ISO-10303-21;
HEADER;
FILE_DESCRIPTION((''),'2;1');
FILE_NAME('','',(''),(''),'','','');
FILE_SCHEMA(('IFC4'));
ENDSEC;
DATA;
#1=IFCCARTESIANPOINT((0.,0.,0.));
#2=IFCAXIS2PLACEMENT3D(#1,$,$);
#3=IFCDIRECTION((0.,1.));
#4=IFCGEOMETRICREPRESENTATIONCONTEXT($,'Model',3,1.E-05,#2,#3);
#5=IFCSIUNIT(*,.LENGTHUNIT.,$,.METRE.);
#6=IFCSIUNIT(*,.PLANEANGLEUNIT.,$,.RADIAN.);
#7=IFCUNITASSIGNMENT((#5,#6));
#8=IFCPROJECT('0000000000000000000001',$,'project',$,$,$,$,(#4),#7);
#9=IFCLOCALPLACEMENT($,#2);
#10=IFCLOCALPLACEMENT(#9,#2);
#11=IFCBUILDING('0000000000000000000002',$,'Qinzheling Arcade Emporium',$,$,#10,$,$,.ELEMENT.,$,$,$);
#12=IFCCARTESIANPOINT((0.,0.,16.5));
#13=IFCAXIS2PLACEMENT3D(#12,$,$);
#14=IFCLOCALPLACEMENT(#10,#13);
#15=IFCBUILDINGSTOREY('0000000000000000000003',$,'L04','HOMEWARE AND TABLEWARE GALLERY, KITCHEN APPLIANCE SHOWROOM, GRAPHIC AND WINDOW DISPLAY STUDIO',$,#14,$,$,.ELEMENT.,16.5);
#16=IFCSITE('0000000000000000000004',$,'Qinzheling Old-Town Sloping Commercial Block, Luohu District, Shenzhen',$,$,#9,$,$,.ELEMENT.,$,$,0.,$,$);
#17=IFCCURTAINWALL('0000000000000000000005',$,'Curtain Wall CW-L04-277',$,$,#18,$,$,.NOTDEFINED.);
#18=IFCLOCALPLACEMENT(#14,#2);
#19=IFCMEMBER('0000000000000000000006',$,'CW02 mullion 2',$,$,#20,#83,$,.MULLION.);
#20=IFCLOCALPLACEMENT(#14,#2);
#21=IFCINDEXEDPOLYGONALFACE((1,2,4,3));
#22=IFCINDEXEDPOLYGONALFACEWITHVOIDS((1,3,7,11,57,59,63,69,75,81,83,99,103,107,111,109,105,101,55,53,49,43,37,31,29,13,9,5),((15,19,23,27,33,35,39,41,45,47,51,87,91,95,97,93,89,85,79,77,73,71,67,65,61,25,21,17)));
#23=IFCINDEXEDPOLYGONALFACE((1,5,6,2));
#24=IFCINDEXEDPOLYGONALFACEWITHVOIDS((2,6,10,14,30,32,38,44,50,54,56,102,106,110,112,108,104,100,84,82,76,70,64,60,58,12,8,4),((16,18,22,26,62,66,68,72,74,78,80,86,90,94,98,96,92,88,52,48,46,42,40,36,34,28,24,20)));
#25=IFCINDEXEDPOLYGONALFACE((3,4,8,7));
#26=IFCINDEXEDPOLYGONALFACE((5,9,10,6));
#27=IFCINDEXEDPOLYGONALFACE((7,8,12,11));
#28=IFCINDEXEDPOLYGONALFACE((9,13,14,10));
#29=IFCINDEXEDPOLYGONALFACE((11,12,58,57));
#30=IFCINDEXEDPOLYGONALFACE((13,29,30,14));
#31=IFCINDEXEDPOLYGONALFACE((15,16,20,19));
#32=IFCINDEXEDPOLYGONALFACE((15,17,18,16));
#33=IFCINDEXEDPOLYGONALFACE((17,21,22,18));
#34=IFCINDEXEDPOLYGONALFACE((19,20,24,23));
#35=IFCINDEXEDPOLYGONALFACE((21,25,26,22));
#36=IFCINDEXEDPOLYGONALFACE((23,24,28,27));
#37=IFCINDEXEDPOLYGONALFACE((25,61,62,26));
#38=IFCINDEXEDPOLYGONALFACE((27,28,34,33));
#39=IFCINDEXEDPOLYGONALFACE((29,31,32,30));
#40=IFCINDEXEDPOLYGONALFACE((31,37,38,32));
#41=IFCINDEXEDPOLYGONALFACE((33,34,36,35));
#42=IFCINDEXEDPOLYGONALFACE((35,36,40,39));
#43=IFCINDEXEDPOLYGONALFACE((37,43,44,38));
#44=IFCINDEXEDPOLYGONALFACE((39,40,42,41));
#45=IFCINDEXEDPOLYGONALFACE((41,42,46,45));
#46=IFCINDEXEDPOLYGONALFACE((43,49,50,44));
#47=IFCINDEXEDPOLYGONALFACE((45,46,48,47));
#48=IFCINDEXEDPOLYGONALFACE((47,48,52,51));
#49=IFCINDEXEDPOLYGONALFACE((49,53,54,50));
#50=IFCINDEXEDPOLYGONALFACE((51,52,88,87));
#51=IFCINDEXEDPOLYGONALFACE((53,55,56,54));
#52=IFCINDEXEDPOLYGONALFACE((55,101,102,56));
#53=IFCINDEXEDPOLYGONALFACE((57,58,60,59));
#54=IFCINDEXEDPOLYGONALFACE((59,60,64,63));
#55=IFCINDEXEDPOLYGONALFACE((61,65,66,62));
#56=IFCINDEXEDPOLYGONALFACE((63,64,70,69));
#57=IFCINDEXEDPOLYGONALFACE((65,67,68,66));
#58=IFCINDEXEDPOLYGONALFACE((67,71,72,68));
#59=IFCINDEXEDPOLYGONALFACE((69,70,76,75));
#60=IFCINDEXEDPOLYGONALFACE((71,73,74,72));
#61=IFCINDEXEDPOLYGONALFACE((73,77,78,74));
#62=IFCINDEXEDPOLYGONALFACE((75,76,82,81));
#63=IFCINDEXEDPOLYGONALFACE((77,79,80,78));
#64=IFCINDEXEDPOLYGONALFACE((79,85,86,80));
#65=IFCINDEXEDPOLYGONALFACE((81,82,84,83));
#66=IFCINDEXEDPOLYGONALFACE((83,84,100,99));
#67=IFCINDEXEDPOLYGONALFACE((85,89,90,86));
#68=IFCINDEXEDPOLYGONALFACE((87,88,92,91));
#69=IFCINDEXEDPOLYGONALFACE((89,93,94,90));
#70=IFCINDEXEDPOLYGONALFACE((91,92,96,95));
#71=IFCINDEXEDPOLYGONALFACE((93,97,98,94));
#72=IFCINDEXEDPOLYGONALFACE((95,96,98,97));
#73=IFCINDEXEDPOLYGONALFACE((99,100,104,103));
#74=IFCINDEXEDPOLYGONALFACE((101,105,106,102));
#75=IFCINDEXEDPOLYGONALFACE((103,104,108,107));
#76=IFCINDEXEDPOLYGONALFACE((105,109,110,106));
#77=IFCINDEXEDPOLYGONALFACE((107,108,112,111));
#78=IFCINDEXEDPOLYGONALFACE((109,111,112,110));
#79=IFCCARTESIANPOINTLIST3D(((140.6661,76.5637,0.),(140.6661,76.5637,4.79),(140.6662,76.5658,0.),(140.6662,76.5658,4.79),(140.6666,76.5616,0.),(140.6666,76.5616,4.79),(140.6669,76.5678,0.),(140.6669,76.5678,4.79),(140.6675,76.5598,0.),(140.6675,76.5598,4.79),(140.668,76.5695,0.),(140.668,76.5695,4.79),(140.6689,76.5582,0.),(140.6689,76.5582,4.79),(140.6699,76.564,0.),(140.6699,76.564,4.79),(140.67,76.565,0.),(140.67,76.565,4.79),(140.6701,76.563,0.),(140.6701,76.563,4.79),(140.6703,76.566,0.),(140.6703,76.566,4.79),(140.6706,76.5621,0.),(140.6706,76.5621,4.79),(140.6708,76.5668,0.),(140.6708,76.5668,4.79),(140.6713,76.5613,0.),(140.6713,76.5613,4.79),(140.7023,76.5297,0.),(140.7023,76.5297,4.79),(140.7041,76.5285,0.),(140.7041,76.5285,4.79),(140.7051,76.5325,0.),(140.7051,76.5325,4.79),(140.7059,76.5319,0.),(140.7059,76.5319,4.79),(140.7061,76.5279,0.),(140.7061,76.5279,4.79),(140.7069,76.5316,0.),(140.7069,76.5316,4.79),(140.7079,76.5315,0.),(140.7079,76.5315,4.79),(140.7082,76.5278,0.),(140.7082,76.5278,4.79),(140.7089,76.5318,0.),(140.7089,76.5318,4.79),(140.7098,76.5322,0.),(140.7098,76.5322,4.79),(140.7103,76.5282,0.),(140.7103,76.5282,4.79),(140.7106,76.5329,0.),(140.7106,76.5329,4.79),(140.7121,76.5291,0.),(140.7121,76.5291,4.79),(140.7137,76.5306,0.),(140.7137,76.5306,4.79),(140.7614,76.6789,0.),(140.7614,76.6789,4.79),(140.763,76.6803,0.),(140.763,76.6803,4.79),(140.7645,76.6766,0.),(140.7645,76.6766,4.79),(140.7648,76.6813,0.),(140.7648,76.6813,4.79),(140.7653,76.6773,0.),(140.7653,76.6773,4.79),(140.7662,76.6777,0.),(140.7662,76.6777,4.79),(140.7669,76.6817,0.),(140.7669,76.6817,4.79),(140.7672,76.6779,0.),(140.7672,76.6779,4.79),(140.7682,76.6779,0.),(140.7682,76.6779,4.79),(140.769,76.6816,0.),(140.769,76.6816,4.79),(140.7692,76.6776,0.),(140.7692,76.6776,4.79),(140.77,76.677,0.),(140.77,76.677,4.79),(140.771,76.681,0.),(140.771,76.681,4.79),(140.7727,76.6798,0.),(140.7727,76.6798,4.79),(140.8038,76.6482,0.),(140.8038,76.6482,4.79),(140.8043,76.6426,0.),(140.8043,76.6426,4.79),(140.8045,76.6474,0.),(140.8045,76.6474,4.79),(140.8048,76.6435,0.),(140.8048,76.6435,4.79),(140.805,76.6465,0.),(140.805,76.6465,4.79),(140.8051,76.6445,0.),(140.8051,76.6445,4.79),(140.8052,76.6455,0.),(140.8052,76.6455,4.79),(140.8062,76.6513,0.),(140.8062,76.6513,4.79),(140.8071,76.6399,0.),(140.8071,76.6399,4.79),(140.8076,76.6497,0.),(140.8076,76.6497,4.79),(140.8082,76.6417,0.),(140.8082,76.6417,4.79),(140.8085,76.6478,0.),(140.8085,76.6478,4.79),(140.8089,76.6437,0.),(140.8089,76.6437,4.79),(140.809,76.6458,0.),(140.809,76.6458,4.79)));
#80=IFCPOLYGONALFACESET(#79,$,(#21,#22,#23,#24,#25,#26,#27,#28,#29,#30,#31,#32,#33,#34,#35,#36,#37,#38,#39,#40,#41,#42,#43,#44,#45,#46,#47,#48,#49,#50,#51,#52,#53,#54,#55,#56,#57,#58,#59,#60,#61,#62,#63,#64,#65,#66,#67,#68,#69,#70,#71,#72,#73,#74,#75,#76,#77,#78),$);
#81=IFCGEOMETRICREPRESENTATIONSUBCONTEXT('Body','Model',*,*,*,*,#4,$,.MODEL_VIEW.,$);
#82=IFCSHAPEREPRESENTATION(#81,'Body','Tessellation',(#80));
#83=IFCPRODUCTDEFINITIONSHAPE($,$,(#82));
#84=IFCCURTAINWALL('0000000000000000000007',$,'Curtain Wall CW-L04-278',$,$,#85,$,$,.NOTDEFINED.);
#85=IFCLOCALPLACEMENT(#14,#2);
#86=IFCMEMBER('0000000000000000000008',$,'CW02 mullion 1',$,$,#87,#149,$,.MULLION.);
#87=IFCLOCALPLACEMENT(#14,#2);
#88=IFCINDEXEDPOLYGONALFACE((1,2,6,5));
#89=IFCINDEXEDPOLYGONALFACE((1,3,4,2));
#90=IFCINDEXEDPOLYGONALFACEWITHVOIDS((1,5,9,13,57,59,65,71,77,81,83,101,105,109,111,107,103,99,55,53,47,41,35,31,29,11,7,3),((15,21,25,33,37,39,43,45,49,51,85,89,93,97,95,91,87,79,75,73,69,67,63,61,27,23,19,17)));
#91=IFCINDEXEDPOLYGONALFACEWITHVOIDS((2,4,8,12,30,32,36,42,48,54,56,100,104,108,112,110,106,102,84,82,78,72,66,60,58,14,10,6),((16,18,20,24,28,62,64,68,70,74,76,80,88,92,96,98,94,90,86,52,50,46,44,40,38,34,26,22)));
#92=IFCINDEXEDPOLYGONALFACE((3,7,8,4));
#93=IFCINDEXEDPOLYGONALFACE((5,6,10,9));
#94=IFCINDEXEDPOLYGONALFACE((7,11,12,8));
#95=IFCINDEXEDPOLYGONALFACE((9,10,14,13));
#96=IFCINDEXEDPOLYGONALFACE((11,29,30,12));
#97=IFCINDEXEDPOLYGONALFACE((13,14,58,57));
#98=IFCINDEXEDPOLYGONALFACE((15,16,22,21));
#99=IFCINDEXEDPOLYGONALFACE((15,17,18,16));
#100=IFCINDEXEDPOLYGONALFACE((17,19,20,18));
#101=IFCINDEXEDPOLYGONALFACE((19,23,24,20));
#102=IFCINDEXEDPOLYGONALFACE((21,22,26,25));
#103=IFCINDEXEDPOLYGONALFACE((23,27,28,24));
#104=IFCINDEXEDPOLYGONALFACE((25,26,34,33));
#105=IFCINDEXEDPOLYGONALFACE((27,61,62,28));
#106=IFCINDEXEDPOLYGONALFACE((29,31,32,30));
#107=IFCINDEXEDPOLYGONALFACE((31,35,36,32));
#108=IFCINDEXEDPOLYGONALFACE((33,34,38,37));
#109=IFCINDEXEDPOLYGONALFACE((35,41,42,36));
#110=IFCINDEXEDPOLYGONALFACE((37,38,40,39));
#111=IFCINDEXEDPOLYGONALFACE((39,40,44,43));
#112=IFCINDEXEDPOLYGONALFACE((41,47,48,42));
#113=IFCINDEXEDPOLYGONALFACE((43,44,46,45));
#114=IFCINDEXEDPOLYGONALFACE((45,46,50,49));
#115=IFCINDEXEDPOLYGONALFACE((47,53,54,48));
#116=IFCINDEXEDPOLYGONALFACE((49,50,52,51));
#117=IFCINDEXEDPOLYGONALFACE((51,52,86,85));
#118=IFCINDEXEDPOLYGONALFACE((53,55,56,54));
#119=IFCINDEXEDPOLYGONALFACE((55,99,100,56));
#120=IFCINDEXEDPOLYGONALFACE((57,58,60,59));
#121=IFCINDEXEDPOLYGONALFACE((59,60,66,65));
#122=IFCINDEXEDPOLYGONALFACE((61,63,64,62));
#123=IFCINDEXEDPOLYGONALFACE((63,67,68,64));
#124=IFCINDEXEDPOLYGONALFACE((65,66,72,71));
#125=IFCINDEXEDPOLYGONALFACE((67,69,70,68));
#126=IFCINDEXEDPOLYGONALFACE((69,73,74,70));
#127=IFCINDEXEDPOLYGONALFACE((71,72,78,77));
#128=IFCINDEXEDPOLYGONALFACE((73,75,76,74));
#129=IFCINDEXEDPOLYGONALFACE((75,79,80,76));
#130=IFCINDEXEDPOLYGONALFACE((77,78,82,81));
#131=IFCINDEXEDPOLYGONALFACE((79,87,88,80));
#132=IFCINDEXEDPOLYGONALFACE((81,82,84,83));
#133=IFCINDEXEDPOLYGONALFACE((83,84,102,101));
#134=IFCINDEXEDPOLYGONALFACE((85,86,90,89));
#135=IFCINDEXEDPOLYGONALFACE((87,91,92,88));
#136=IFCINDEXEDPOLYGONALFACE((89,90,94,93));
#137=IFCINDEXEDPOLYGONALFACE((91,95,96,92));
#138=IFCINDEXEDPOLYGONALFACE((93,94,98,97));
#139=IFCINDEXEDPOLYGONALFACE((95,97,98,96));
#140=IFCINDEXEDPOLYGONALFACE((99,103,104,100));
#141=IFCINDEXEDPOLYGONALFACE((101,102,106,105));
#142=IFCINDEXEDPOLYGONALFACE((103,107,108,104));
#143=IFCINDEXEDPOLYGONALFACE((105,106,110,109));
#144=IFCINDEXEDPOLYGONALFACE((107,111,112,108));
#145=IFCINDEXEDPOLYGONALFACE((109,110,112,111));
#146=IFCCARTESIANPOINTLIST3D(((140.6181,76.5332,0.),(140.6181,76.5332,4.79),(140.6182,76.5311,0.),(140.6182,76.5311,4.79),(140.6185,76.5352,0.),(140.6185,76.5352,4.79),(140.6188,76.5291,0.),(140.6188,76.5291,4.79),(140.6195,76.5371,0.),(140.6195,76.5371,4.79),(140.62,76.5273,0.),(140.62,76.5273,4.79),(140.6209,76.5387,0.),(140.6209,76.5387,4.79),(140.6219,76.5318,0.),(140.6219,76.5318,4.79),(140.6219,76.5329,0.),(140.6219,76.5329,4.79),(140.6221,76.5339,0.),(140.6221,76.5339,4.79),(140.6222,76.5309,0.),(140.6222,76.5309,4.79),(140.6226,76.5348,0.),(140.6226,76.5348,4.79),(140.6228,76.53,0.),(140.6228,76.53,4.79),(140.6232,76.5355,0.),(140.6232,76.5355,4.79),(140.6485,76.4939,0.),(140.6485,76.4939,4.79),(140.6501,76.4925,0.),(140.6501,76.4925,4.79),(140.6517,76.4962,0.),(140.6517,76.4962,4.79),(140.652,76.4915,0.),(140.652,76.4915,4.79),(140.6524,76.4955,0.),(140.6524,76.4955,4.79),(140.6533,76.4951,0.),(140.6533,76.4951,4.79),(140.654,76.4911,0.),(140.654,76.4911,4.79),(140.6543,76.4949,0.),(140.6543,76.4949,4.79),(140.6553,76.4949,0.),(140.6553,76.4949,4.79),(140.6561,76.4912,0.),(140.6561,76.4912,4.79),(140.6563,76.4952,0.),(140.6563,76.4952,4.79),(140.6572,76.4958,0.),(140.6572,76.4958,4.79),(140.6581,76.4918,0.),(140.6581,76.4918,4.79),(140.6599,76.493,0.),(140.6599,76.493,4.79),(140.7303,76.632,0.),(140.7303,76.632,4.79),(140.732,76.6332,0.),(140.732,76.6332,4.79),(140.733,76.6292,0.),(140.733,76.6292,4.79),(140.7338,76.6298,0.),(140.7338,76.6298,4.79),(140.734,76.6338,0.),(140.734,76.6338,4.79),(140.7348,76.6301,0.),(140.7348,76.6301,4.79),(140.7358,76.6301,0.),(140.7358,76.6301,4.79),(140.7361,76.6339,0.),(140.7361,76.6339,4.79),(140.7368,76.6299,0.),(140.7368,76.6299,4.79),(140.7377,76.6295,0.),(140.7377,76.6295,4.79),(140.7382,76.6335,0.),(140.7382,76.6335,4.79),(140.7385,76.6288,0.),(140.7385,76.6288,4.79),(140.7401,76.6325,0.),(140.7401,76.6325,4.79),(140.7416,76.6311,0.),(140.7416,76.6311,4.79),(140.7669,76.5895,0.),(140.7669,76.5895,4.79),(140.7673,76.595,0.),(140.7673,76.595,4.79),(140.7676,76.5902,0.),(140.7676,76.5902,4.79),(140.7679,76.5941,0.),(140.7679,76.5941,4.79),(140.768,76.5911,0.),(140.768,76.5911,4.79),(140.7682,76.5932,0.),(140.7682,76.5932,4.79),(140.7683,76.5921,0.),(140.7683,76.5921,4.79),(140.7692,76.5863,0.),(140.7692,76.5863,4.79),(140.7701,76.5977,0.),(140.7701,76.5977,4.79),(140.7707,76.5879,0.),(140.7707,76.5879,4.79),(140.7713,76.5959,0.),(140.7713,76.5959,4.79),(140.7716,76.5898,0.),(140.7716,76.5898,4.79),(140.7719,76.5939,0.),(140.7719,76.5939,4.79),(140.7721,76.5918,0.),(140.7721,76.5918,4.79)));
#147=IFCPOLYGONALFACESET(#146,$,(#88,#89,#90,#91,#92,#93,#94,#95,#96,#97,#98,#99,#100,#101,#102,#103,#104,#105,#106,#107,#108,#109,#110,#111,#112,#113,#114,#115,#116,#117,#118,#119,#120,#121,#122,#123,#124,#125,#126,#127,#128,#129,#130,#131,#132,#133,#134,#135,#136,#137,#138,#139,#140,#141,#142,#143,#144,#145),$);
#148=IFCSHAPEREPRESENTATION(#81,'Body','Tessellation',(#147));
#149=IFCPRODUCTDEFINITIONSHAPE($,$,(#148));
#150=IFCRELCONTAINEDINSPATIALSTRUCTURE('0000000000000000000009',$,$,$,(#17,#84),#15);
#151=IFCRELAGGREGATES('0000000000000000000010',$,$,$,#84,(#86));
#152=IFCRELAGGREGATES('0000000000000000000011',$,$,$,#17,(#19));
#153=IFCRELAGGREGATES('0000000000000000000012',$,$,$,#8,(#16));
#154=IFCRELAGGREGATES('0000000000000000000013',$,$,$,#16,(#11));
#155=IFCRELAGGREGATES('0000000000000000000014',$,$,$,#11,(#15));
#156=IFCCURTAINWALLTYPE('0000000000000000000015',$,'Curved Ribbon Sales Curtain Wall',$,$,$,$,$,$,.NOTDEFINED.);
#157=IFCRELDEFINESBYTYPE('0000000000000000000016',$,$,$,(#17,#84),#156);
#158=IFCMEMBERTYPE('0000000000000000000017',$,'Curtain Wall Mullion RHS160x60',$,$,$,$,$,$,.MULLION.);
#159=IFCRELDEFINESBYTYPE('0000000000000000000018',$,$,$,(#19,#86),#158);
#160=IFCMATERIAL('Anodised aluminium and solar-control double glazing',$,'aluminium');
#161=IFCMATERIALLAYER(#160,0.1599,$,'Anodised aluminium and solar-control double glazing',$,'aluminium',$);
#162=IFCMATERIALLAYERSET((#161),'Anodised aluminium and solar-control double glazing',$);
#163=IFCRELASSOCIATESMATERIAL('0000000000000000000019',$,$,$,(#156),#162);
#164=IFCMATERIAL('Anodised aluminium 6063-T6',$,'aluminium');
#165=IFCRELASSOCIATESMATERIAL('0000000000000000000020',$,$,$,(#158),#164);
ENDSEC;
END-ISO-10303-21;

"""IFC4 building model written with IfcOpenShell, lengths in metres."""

from ifc_helpers import new_model, si_unit, direction, frame, origin, origin_2d, place, context, subcontext, project, spatial, hollow_rectangle, extrude, material, layer, layer_set, material_profile, profile_set, type_object, element, aggregate, save


model = new_model("IFC4")

# Units and contexts
model_context = context("Model", 3, precision=1e-05, world=origin(), true_north=direction((0.0, 1.0)))
body_context = subcontext(model_context, "Body", "Model", "MODEL_VIEW")
ifc_project = project(units=[si_unit("LENGTHUNIT", "METRE"), si_unit("PLANEANGLEUNIT", "RADIAN")], contexts=[model_context])

# Site, building, storey
site_placement = place(None, origin())
site = spatial("IfcSite", under=ifc_project, at=site_placement, Name="Qinzheling Old-Town Sloping Commercial Block, Luohu District, Shenzhen", CompositionType="ELEMENT", RefElevation=0.0)
building_placement = place(site_placement, origin())
building = spatial("IfcBuilding", under=site, at=building_placement, Name="Qinzheling Arcade Emporium", CompositionType="ELEMENT")
storey_placement = place(building_placement, frame((0.0, 0.0, 16.5)))
storey = spatial("IfcBuildingStorey", under=building, at=storey_placement, Name="L04", Description="HOMEWARE AND TABLEWARE GALLERY, KITCHEN APPLIANCE SHOWROOM, GRAPHIC AND WINDOW DISPLAY STUDIO", CompositionType="ELEMENT", Elevation=16.5)

# Shared definitions
ifc_material_1 = material(Name="Anodised aluminium and solar-control double glazing", Category="aluminium")
ifc_layer_1 = layer(ifc_material_1, 0.1599, Name="Anodised aluminium and solar-control double glazing", Category="aluminium")
ifc_layer_set_1 = layer_set([ifc_layer_1], Name="Anodised aluminium and solar-control double glazing")
curtain_wall_type = type_object("IfcCurtainWallType", Name="Curved Ribbon Sales Curtain Wall", PredefinedType="NOTDEFINED", material=ifc_layer_set_1)
ifc_material_2 = material(Name="Anodised aluminium 6063-T6", Category="aluminium")
ifc_material_profile_1 = material_profile(ifc_material_2, hollow_rectangle(XDim=0.0601, YDim=0.1599, WallThickness=0.0039, InnerFilletRadius=0.0039, OuterFilletRadius=0.0081, at=origin_2d()), Name="RHS 160x60x4", Category="aluminium")
ifc_profile_set_1 = profile_set([ifc_material_profile_1], Name="Anodised aluminium 6063-T6")
member_type_1 = type_object("IfcMemberType", Name="Curtain Wall Mullion RHS160x60", PredefinedType="MULLION", material=ifc_profile_set_1)

# Curtain wall, member
curtain_wall_1_placement = place(storey_placement, origin())
curtain_wall_1 = element("IfcCurtainWall", 1, at=curtain_wall_1_placement, inside=storey, type_object=curtain_wall_type, Name="Curtain Wall CW-L04-277", PredefinedType="NOTDEFINED")
member_1_placement = place(storey_placement, frame((140.7375, 76.6047, 0.0), z_axis=(0.0, 0.0, 1.0), x_axis=(0.760581, -0.649243, 0.0)))
member_1 = element("IfcMember", 2, at=member_1_placement, type_object=member_type_1, Name="CW02 mullion 2", PredefinedType="MULLION", context=body_context, shape_type="SweptSolid", body=[
    extrude(hollow_rectangle(XDim=0.0601, YDim=0.1599, WallThickness=0.0039, InnerFilletRadius=0.0039, OuterFilletRadius=0.0081, at=origin_2d()), origin(), (0.0, 0.0, 1.0), 4.79),
])

# Curtain wall, member
curtain_wall_2_placement = place(storey_placement, origin())
curtain_wall_2 = element("IfcCurtainWall", 3, at=curtain_wall_2_placement, inside=storey, type_object=curtain_wall_type, Name="Curtain Wall CW-L04-278", PredefinedType="NOTDEFINED")
member_2_placement = place(storey_placement, frame((140.6951, 76.5625, 0.0), z_axis=(0.0, 0.0, 1.0), x_axis=(0.649243, -0.760581, 0.0)))
member_2 = element("IfcMember", 4, at=member_2_placement, type_object=member_type_1, Name="CW02 mullion 1", PredefinedType="MULLION", context=body_context, shape_type="SweptSolid", body=[
    extrude(hollow_rectangle(XDim=0.0601, YDim=0.1599, WallThickness=0.0039, InnerFilletRadius=0.0039, OuterFilletRadius=0.0081, at=origin_2d()), origin(), (0.0, 0.0, 1.0), 4.79),
])

aggregate(curtain_wall_2, [member_2])

aggregate(curtain_wall_1, [member_1])

save(model, "model.ifc")
